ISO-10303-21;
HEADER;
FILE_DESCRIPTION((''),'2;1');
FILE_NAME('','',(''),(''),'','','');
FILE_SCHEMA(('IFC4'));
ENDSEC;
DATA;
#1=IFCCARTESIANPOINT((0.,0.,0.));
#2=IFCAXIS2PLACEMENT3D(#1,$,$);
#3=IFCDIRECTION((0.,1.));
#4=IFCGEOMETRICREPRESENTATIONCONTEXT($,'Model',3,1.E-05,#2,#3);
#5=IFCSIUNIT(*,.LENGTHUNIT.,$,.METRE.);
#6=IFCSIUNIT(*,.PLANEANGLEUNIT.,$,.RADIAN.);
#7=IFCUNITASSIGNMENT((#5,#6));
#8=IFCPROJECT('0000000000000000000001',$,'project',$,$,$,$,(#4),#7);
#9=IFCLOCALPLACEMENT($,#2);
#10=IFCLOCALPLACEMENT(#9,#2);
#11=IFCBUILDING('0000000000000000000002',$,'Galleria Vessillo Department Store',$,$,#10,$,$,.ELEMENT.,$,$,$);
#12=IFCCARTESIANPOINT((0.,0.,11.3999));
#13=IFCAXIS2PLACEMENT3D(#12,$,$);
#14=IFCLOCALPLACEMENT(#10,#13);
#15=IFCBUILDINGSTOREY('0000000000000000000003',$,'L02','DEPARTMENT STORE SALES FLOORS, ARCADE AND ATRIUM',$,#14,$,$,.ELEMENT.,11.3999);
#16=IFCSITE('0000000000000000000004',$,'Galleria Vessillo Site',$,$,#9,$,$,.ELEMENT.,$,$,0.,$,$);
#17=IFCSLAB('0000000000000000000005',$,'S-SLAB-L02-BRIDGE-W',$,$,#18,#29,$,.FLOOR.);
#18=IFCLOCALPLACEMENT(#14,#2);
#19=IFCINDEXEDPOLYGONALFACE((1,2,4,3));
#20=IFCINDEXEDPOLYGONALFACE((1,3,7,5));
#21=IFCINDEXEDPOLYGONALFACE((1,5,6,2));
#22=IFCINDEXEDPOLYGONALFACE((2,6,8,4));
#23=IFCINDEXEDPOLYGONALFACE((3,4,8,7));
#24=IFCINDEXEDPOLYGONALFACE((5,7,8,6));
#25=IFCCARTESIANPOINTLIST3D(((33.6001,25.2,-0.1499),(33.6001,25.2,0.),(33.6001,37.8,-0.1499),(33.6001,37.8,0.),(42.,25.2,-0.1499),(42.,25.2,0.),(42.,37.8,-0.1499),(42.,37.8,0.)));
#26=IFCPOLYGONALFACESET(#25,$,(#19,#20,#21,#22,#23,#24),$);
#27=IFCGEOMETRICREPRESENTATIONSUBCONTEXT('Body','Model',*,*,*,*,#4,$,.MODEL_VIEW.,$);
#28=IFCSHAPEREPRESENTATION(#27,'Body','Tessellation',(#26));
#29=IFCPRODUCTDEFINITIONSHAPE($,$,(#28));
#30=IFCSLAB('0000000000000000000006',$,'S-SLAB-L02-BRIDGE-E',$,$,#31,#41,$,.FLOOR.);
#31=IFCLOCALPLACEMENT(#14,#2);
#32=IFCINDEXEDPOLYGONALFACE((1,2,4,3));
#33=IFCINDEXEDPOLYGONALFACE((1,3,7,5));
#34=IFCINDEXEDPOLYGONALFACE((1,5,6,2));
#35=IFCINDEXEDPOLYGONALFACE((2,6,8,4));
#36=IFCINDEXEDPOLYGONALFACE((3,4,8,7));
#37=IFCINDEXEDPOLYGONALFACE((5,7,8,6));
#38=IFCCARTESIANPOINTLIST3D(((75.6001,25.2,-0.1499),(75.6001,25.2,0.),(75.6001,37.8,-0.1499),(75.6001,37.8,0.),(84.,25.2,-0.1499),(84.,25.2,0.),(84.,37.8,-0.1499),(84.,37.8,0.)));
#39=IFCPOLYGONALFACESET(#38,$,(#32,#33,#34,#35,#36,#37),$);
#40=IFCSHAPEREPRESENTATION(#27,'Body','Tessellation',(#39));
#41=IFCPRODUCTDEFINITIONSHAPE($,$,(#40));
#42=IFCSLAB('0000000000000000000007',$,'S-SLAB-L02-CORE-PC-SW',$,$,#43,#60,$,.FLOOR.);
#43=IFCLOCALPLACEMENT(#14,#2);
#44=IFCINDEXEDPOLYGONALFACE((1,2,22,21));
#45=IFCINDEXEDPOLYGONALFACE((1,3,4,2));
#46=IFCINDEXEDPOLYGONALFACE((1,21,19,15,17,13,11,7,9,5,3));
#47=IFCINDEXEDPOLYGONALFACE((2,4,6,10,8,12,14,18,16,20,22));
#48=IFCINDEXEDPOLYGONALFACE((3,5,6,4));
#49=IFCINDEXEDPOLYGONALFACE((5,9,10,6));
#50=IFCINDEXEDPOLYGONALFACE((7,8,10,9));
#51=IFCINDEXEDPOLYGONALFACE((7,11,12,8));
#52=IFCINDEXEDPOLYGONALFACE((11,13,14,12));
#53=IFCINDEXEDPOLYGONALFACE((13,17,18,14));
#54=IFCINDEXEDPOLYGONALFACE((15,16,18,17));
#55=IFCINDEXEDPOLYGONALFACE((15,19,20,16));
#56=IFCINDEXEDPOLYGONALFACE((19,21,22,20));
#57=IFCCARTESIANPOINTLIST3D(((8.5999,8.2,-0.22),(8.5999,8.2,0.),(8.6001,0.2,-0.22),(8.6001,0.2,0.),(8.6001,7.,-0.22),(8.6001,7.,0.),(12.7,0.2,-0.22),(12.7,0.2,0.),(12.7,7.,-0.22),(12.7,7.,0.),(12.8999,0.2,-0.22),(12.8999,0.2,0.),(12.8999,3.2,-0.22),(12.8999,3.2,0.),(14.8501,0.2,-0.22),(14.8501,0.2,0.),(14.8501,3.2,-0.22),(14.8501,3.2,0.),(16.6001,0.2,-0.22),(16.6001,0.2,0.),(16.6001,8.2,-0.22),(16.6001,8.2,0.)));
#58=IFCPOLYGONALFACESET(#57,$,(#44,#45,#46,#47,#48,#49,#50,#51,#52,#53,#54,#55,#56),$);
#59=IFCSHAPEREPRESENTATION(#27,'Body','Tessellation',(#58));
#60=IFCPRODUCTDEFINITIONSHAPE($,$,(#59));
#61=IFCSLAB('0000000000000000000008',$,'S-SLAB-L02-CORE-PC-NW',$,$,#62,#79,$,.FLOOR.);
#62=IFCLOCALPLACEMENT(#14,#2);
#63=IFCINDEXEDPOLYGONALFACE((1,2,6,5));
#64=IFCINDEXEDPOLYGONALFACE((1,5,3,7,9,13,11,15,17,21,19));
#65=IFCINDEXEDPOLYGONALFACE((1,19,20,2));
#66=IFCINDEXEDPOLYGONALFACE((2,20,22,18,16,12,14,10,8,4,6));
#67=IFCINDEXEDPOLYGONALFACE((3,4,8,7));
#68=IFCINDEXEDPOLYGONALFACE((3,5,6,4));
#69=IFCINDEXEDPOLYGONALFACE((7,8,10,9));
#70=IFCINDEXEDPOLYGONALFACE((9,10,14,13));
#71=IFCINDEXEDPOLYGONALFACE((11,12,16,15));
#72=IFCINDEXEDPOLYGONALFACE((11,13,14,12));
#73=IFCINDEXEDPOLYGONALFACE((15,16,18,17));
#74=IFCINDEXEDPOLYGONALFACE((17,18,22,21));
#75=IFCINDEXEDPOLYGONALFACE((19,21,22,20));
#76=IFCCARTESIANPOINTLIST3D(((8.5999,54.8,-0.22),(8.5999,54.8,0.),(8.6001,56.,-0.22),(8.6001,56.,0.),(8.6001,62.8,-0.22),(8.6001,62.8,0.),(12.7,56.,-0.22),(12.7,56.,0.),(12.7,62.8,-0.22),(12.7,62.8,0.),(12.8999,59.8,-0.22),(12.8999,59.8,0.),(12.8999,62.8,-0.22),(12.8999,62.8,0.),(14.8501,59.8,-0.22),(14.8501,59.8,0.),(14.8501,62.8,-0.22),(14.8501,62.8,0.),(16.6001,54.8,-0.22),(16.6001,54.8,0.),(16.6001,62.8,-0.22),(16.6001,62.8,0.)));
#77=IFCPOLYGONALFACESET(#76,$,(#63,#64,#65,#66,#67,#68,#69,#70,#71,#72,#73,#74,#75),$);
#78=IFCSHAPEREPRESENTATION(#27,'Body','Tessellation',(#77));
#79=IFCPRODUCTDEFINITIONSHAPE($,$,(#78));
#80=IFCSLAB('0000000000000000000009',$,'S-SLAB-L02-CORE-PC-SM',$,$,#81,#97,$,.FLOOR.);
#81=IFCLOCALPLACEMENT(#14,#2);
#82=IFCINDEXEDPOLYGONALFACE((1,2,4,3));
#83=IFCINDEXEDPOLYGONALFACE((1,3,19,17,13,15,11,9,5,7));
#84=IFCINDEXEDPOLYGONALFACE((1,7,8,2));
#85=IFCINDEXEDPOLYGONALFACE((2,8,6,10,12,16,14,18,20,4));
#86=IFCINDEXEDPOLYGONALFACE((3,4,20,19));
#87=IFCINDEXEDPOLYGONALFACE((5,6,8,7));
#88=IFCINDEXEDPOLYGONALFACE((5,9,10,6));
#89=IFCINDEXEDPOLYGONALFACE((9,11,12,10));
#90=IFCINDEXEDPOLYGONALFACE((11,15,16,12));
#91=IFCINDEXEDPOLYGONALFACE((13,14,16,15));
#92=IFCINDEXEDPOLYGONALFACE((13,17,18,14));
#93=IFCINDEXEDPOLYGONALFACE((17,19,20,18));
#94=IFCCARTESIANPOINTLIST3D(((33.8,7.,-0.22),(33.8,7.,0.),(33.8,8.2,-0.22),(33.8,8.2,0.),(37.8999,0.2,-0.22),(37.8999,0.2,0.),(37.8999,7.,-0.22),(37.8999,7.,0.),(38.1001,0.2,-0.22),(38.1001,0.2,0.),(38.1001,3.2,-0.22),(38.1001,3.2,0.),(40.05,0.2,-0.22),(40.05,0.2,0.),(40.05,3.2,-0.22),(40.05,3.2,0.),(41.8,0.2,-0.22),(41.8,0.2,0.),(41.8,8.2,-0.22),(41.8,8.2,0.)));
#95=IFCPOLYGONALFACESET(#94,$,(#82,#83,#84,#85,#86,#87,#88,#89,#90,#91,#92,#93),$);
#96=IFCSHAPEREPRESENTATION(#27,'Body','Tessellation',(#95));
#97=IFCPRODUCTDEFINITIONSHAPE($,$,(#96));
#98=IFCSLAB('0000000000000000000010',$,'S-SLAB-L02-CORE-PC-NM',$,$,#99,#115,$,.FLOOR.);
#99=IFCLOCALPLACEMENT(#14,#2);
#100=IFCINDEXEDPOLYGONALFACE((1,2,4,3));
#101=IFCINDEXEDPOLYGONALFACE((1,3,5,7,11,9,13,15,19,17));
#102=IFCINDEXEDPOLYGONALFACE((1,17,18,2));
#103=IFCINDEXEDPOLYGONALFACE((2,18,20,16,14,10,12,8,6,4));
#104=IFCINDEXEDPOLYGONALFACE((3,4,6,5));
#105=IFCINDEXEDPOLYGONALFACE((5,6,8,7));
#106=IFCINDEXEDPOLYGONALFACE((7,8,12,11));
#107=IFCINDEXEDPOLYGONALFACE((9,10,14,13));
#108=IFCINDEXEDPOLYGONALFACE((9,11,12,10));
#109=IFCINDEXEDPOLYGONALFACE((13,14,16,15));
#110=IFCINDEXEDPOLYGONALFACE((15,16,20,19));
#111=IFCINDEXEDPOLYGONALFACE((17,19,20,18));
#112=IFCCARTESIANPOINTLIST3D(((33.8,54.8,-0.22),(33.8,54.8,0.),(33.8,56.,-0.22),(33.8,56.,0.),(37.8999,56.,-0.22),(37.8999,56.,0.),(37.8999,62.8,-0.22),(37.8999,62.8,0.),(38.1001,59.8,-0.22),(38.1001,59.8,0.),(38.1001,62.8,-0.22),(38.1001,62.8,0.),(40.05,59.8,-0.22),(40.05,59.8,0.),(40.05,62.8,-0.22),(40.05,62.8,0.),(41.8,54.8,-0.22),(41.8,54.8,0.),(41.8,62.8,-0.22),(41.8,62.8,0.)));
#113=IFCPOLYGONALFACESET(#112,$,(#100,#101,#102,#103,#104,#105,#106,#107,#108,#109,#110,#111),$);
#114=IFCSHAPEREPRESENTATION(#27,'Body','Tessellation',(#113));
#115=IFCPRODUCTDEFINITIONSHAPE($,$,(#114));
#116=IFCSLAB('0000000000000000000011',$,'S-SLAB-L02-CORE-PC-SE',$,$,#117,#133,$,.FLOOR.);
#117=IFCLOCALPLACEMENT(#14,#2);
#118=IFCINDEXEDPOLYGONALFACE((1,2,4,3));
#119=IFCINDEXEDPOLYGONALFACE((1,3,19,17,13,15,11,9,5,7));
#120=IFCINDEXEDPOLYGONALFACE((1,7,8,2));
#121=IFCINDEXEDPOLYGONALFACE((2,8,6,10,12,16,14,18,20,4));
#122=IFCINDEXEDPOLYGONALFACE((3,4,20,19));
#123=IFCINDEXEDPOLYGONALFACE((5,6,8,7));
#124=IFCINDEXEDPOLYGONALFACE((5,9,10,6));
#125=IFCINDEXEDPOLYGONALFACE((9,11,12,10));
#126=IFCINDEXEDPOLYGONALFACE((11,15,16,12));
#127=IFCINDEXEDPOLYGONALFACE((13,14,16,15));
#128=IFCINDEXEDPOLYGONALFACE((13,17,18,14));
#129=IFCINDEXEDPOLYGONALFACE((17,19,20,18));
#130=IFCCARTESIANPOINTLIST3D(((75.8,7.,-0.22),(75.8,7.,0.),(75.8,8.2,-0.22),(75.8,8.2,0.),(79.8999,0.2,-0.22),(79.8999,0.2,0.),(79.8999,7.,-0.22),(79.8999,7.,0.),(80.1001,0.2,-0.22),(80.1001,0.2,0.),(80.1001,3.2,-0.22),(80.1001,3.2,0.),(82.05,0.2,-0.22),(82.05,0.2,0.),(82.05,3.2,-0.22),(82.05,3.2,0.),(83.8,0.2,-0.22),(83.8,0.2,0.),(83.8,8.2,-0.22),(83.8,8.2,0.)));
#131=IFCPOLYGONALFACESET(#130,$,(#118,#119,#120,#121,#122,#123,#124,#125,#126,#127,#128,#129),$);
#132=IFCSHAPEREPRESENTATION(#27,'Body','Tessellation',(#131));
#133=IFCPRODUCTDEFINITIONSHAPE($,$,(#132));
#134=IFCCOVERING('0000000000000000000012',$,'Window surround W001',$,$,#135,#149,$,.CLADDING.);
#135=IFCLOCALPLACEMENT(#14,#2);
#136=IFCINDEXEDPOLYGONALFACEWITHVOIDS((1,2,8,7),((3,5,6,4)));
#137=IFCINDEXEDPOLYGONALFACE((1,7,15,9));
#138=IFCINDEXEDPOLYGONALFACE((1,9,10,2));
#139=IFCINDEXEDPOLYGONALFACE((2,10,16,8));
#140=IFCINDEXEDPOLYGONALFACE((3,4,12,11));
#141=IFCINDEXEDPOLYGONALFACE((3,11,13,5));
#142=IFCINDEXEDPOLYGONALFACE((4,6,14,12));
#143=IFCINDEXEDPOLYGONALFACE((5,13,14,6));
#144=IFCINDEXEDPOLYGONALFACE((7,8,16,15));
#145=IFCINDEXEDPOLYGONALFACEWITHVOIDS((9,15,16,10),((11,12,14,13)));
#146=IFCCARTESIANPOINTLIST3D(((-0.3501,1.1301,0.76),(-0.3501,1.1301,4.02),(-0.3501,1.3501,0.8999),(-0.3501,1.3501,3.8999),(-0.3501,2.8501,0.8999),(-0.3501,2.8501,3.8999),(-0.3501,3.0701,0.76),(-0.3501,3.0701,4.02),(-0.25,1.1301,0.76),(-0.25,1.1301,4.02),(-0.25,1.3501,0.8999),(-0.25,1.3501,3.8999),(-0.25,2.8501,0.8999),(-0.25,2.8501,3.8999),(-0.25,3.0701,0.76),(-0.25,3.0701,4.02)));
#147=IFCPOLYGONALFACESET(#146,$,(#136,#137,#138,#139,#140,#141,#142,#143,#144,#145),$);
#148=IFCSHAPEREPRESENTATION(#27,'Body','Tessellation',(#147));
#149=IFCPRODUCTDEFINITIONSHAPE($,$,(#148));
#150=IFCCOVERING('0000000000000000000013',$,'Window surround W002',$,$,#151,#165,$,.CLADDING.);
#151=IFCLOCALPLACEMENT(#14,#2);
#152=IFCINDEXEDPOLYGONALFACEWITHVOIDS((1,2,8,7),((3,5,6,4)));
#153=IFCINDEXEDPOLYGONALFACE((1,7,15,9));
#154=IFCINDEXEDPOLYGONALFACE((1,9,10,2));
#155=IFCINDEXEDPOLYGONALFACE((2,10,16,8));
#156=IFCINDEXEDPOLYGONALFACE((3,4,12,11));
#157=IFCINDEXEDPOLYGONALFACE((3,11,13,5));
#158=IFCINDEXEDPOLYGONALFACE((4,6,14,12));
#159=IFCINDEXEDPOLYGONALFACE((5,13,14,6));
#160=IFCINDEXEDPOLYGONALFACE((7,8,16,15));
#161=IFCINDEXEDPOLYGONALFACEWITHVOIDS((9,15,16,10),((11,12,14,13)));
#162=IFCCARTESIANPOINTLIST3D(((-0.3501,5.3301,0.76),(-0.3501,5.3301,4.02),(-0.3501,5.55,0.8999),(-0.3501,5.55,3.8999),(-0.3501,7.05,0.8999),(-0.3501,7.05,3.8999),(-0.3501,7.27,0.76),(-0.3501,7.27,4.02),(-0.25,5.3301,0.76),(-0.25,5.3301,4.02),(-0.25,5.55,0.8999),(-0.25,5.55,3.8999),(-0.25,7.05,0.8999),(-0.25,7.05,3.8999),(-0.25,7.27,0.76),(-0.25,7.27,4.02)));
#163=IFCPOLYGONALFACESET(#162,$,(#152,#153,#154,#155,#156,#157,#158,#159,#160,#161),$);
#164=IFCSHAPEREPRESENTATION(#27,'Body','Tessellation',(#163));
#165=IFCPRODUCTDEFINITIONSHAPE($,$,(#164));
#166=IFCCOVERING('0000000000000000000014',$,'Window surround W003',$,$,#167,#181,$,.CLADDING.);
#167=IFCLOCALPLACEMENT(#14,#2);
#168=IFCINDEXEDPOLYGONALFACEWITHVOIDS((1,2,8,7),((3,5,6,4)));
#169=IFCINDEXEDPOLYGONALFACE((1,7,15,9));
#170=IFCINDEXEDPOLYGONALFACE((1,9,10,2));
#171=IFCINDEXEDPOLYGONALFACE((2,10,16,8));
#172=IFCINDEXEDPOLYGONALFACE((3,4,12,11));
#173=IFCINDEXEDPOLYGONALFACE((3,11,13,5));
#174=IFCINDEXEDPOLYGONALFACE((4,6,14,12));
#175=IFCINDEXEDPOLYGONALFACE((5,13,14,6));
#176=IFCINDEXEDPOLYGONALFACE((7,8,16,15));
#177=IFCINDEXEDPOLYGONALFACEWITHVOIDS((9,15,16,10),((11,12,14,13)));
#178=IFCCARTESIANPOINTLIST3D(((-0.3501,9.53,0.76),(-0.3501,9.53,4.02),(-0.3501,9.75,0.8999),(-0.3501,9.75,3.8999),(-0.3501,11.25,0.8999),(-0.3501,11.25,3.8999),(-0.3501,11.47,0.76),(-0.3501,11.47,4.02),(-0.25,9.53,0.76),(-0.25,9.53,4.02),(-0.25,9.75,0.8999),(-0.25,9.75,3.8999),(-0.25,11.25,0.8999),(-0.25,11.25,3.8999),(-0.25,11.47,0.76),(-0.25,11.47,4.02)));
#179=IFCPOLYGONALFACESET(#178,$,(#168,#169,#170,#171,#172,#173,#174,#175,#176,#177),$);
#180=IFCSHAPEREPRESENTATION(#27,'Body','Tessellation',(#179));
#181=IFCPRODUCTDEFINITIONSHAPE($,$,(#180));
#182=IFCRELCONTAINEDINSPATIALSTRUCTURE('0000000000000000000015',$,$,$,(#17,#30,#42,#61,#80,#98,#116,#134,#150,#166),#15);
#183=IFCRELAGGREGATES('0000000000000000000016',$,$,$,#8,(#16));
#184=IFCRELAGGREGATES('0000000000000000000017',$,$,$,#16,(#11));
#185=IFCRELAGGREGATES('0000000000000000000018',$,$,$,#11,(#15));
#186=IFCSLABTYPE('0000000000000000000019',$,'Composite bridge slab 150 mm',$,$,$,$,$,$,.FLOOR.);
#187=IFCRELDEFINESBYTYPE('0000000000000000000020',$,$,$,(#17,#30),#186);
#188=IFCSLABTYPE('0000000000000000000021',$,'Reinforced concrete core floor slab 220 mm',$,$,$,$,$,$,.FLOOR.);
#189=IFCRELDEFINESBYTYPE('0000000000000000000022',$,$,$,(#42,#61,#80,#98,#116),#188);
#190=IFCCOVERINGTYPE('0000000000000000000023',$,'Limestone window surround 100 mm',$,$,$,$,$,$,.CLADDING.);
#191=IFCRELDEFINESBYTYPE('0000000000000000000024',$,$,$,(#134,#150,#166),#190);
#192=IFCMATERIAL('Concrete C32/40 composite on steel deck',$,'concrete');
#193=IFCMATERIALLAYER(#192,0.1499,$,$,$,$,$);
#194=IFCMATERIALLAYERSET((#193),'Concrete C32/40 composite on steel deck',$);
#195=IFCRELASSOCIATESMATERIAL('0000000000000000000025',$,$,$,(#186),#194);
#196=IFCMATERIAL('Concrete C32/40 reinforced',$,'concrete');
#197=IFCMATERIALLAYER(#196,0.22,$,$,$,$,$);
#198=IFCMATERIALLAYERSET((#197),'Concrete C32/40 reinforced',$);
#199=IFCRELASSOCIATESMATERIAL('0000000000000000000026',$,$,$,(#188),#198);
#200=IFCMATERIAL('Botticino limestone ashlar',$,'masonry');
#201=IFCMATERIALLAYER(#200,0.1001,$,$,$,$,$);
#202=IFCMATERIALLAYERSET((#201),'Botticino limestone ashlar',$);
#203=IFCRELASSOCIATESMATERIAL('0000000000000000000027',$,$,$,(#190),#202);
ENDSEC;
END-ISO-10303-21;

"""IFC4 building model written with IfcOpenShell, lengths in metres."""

from ifc_helpers import new_model, si_unit, direction, frame, origin, place, context, subcontext, project, spatial, polyline, outline, extrude, material, layer, layer_set, type_object, element, save


model = new_model("IFC4")

# Units and contexts
model_context = context("Model", 3, precision=1e-05, world=origin(), true_north=direction((0.0, 1.0)))
body_context = subcontext(model_context, "Body", "Model", "MODEL_VIEW")
ifc_project = project(units=[si_unit("LENGTHUNIT", "METRE"), si_unit("PLANEANGLEUNIT", "RADIAN")], contexts=[model_context])

# Site, building, storey
site_placement = place(None, origin())
site = spatial("IfcSite", under=ifc_project, at=site_placement, Name="Galleria Vessillo Site", CompositionType="ELEMENT", RefElevation=0.0)
building_placement = place(site_placement, origin())
building = spatial("IfcBuilding", under=site, at=building_placement, Name="Galleria Vessillo Department Store", CompositionType="ELEMENT")
storey_placement = place(building_placement, frame((0.0, 0.0, 11.3999)))
storey = spatial("IfcBuildingStorey", under=building, at=storey_placement, Name="L02", Description="DEPARTMENT STORE SALES FLOORS, ARCADE AND ATRIUM", CompositionType="ELEMENT", Elevation=11.3999)

# Slabs
ifc_material_1 = material(Name="Concrete C32/40 composite on steel deck", Category="concrete")
ifc_layer_1 = layer(ifc_material_1, 0.1499)
ifc_layer_set_1 = layer_set([ifc_layer_1], Name="Concrete C32/40 composite on steel deck")
slab_type_1 = type_object("IfcSlabType", Name="Composite bridge slab 150 mm", PredefinedType="FLOOR", material=ifc_layer_set_1)
slab_1_placement = place(storey_placement, frame((0.0, 0.0, -0.1499)))
element("IfcSlab", 1, at=slab_1_placement, inside=storey, type_object=slab_type_1, Name="S-SLAB-L02-BRIDGE-W", PredefinedType="FLOOR", context=body_context, shape_type="SweptSolid", body=[
    extrude(outline(polyline([(42.0, 25.2), (42.0, 37.8), (33.6001, 37.8), (33.6001, 25.2), (42.0, 25.2)])), origin(), (0.0, 0.0, 1.0), 0.1499),
])
slab_2_placement = place(storey_placement, frame((0.0, 0.0, -0.1499)))
element("IfcSlab", 2, at=slab_2_placement, inside=storey, type_object=slab_type_1, Name="S-SLAB-L02-BRIDGE-E", PredefinedType="FLOOR", context=body_context, shape_type="SweptSolid", body=[
    extrude(outline(polyline([(84.0, 25.2), (84.0, 37.8), (75.6001, 37.8), (75.6001, 25.2), (84.0, 25.2)])), origin(), (0.0, 0.0, 1.0), 0.1499),
])
ifc_material_2 = material(Name="Concrete C32/40 reinforced", Category="concrete")
ifc_layer_2 = layer(ifc_material_2, 0.22)
ifc_layer_set_2 = layer_set([ifc_layer_2], Name="Concrete C32/40 reinforced")
slab_type_2 = type_object("IfcSlabType", Name="Reinforced concrete core floor slab 220 mm", PredefinedType="FLOOR", material=ifc_layer_set_2)
slab_3_placement = place(storey_placement, frame((0.0, 0.0, -0.22)))
element("IfcSlab", 3, at=slab_3_placement, inside=storey, type_object=slab_type_2, Name="S-SLAB-L02-CORE-PC-SW", PredefinedType="FLOOR", context=body_context, shape_type="SweptSolid", body=[
    extrude(outline(polyline([(8.5999, 8.2), (16.6001, 8.2), (16.6001, 0.2), (14.8501, 0.2), (14.8501, 3.2), (12.8999, 3.2), (12.8999, 0.2), (12.7, 0.2), (12.7, 7.0), (8.6001, 7.0), (8.6001, 0.2), (8.5999, 8.2)])), origin(), (0.0, 0.0, 1.0), 0.22),
])
slab_4_placement = place(storey_placement, frame((0.0, 0.0, -0.22)))
element("IfcSlab", 4, at=slab_4_placement, inside=storey, type_object=slab_type_2, Name="S-SLAB-L02-CORE-PC-NW", PredefinedType="FLOOR", context=body_context, shape_type="SweptSolid", body=[
    extrude(outline(polyline([(16.6001, 62.8), (16.6001, 54.8), (8.5999, 54.8), (8.6001, 62.8), (8.6001, 56.0), (12.7, 56.0), (12.7, 62.8), (12.8999, 62.8), (12.8999, 59.8), (14.8501, 59.8), (14.8501, 62.8), (16.6001, 62.8)])), origin(), (0.0, 0.0, 1.0), 0.22),
])
slab_5_placement = place(storey_placement, frame((0.0, 0.0, -0.22)))
element("IfcSlab", 5, at=slab_5_placement, inside=storey, type_object=slab_type_2, Name="S-SLAB-L02-CORE-PC-SM", PredefinedType="FLOOR", context=body_context, shape_type="SweptSolid", body=[
    extrude(outline(polyline([(33.8, 8.2), (41.8, 8.2), (41.8, 0.2), (40.05, 0.2), (40.05, 3.2), (38.1001, 3.2), (38.1001, 0.2), (37.8999, 0.2), (37.8999, 7.0), (33.8, 7.0), (33.8, 8.2)])), origin(), (0.0, 0.0, 1.0), 0.22),
])
slab_6_placement = place(storey_placement, frame((0.0, 0.0, -0.22)))
element("IfcSlab", 6, at=slab_6_placement, inside=storey, type_object=slab_type_2, Name="S-SLAB-L02-CORE-PC-NM", PredefinedType="FLOOR", context=body_context, shape_type="SweptSolid", body=[
    extrude(outline(polyline([(41.8, 62.8), (41.8, 54.8), (33.8, 54.8), (33.8, 56.0), (37.8999, 56.0), (37.8999, 62.8), (38.1001, 62.8), (38.1001, 59.8), (40.05, 59.8), (40.05, 62.8), (41.8, 62.8)])), origin(), (0.0, 0.0, 1.0), 0.22),
])
slab_7_placement = place(storey_placement, frame((0.0, 0.0, -0.22)))
element("IfcSlab", 7, at=slab_7_placement, inside=storey, type_object=slab_type_2, Name="S-SLAB-L02-CORE-PC-SE", PredefinedType="FLOOR", context=body_context, shape_type="SweptSolid", body=[
    extrude(outline(polyline([(75.8, 8.2), (83.8, 8.2), (83.8, 0.2), (82.05, 0.2), (82.05, 3.2), (80.1001, 3.2), (80.1001, 0.2), (79.8999, 0.2), (79.8999, 7.0), (75.8, 7.0), (75.8, 8.2)])), origin(), (0.0, 0.0, 1.0), 0.22),
])

# Coverings
ifc_material_3 = material(Name="Botticino limestone ashlar", Category="masonry")
ifc_layer_3 = layer(ifc_material_3, 0.1001)
ifc_layer_set_3 = layer_set([ifc_layer_3], Name="Botticino limestone ashlar")
covering_type = type_object("IfcCoveringType", Name="Limestone window surround 100 mm", PredefinedType="CLADDING", material=ifc_layer_set_3)
covering_1_placement = place(storey_placement, frame((-0.25, 0.0, 0.8999), z_axis=(-1.0, 0.0, 0.0), x_axis=(0.0, -1.0, 0.0)))
element("IfcCovering", 8, at=covering_1_placement, inside=storey, type_object=covering_type, Name="Window surround W001", PredefinedType="CLADDING", context=body_context, shape_type="SweptSolid", body=[
    extrude(outline(polyline([(-1.1301, 3.1201), (-3.0701, 3.1201), (-3.0701, -0.1399), (-1.1301, -0.1399), (-1.1301, 3.1201)]), holes=[polyline([(-1.3501, 3.0), (-2.8501, 3.0), (-2.8501, 0.0), (-1.3501, 0.0), (-1.3501, 3.0)])]), origin(), (0.0, 0.0, 1.0), 0.1001),
])
covering_2_placement = place(storey_placement, frame((-0.25, 0.0, 0.8999), z_axis=(-1.0, 0.0, 0.0), x_axis=(0.0, -1.0, 0.0)))
element("IfcCovering", 9, at=covering_2_placement, inside=storey, type_object=covering_type, Name="Window surround W002", PredefinedType="CLADDING", context=body_context, shape_type="SweptSolid", body=[
    extrude(outline(polyline([(-5.3301, 3.1201), (-7.27, 3.1201), (-7.27, -0.1399), (-5.3301, -0.1399), (-5.3301, 3.1201)]), holes=[polyline([(-5.55, 3.0), (-7.05, 3.0), (-7.05, 0.0), (-5.55, 0.0), (-5.55, 3.0)])]), origin(), (0.0, 0.0, 1.0), 0.1001),
])
covering_3_placement = place(storey_placement, frame((-0.25, 0.0, 0.8999), z_axis=(-1.0, 0.0, 0.0), x_axis=(0.0, -1.0, 0.0)))
element("IfcCovering", 10, at=covering_3_placement, inside=storey, type_object=covering_type, Name="Window surround W003", PredefinedType="CLADDING", context=body_context, shape_type="SweptSolid", body=[
    extrude(outline(polyline([(-9.53, 3.1201), (-11.47, 3.1201), (-11.47, -0.1399), (-9.53, -0.1399), (-9.53, 3.1201)]), holes=[polyline([(-9.75, 3.0), (-11.25, 3.0), (-11.25, 0.0), (-9.75, 0.0), (-9.75, 3.0)])]), origin(), (0.0, 0.0, 1.0), 0.1001),
])

save(model, "model.ifc")
